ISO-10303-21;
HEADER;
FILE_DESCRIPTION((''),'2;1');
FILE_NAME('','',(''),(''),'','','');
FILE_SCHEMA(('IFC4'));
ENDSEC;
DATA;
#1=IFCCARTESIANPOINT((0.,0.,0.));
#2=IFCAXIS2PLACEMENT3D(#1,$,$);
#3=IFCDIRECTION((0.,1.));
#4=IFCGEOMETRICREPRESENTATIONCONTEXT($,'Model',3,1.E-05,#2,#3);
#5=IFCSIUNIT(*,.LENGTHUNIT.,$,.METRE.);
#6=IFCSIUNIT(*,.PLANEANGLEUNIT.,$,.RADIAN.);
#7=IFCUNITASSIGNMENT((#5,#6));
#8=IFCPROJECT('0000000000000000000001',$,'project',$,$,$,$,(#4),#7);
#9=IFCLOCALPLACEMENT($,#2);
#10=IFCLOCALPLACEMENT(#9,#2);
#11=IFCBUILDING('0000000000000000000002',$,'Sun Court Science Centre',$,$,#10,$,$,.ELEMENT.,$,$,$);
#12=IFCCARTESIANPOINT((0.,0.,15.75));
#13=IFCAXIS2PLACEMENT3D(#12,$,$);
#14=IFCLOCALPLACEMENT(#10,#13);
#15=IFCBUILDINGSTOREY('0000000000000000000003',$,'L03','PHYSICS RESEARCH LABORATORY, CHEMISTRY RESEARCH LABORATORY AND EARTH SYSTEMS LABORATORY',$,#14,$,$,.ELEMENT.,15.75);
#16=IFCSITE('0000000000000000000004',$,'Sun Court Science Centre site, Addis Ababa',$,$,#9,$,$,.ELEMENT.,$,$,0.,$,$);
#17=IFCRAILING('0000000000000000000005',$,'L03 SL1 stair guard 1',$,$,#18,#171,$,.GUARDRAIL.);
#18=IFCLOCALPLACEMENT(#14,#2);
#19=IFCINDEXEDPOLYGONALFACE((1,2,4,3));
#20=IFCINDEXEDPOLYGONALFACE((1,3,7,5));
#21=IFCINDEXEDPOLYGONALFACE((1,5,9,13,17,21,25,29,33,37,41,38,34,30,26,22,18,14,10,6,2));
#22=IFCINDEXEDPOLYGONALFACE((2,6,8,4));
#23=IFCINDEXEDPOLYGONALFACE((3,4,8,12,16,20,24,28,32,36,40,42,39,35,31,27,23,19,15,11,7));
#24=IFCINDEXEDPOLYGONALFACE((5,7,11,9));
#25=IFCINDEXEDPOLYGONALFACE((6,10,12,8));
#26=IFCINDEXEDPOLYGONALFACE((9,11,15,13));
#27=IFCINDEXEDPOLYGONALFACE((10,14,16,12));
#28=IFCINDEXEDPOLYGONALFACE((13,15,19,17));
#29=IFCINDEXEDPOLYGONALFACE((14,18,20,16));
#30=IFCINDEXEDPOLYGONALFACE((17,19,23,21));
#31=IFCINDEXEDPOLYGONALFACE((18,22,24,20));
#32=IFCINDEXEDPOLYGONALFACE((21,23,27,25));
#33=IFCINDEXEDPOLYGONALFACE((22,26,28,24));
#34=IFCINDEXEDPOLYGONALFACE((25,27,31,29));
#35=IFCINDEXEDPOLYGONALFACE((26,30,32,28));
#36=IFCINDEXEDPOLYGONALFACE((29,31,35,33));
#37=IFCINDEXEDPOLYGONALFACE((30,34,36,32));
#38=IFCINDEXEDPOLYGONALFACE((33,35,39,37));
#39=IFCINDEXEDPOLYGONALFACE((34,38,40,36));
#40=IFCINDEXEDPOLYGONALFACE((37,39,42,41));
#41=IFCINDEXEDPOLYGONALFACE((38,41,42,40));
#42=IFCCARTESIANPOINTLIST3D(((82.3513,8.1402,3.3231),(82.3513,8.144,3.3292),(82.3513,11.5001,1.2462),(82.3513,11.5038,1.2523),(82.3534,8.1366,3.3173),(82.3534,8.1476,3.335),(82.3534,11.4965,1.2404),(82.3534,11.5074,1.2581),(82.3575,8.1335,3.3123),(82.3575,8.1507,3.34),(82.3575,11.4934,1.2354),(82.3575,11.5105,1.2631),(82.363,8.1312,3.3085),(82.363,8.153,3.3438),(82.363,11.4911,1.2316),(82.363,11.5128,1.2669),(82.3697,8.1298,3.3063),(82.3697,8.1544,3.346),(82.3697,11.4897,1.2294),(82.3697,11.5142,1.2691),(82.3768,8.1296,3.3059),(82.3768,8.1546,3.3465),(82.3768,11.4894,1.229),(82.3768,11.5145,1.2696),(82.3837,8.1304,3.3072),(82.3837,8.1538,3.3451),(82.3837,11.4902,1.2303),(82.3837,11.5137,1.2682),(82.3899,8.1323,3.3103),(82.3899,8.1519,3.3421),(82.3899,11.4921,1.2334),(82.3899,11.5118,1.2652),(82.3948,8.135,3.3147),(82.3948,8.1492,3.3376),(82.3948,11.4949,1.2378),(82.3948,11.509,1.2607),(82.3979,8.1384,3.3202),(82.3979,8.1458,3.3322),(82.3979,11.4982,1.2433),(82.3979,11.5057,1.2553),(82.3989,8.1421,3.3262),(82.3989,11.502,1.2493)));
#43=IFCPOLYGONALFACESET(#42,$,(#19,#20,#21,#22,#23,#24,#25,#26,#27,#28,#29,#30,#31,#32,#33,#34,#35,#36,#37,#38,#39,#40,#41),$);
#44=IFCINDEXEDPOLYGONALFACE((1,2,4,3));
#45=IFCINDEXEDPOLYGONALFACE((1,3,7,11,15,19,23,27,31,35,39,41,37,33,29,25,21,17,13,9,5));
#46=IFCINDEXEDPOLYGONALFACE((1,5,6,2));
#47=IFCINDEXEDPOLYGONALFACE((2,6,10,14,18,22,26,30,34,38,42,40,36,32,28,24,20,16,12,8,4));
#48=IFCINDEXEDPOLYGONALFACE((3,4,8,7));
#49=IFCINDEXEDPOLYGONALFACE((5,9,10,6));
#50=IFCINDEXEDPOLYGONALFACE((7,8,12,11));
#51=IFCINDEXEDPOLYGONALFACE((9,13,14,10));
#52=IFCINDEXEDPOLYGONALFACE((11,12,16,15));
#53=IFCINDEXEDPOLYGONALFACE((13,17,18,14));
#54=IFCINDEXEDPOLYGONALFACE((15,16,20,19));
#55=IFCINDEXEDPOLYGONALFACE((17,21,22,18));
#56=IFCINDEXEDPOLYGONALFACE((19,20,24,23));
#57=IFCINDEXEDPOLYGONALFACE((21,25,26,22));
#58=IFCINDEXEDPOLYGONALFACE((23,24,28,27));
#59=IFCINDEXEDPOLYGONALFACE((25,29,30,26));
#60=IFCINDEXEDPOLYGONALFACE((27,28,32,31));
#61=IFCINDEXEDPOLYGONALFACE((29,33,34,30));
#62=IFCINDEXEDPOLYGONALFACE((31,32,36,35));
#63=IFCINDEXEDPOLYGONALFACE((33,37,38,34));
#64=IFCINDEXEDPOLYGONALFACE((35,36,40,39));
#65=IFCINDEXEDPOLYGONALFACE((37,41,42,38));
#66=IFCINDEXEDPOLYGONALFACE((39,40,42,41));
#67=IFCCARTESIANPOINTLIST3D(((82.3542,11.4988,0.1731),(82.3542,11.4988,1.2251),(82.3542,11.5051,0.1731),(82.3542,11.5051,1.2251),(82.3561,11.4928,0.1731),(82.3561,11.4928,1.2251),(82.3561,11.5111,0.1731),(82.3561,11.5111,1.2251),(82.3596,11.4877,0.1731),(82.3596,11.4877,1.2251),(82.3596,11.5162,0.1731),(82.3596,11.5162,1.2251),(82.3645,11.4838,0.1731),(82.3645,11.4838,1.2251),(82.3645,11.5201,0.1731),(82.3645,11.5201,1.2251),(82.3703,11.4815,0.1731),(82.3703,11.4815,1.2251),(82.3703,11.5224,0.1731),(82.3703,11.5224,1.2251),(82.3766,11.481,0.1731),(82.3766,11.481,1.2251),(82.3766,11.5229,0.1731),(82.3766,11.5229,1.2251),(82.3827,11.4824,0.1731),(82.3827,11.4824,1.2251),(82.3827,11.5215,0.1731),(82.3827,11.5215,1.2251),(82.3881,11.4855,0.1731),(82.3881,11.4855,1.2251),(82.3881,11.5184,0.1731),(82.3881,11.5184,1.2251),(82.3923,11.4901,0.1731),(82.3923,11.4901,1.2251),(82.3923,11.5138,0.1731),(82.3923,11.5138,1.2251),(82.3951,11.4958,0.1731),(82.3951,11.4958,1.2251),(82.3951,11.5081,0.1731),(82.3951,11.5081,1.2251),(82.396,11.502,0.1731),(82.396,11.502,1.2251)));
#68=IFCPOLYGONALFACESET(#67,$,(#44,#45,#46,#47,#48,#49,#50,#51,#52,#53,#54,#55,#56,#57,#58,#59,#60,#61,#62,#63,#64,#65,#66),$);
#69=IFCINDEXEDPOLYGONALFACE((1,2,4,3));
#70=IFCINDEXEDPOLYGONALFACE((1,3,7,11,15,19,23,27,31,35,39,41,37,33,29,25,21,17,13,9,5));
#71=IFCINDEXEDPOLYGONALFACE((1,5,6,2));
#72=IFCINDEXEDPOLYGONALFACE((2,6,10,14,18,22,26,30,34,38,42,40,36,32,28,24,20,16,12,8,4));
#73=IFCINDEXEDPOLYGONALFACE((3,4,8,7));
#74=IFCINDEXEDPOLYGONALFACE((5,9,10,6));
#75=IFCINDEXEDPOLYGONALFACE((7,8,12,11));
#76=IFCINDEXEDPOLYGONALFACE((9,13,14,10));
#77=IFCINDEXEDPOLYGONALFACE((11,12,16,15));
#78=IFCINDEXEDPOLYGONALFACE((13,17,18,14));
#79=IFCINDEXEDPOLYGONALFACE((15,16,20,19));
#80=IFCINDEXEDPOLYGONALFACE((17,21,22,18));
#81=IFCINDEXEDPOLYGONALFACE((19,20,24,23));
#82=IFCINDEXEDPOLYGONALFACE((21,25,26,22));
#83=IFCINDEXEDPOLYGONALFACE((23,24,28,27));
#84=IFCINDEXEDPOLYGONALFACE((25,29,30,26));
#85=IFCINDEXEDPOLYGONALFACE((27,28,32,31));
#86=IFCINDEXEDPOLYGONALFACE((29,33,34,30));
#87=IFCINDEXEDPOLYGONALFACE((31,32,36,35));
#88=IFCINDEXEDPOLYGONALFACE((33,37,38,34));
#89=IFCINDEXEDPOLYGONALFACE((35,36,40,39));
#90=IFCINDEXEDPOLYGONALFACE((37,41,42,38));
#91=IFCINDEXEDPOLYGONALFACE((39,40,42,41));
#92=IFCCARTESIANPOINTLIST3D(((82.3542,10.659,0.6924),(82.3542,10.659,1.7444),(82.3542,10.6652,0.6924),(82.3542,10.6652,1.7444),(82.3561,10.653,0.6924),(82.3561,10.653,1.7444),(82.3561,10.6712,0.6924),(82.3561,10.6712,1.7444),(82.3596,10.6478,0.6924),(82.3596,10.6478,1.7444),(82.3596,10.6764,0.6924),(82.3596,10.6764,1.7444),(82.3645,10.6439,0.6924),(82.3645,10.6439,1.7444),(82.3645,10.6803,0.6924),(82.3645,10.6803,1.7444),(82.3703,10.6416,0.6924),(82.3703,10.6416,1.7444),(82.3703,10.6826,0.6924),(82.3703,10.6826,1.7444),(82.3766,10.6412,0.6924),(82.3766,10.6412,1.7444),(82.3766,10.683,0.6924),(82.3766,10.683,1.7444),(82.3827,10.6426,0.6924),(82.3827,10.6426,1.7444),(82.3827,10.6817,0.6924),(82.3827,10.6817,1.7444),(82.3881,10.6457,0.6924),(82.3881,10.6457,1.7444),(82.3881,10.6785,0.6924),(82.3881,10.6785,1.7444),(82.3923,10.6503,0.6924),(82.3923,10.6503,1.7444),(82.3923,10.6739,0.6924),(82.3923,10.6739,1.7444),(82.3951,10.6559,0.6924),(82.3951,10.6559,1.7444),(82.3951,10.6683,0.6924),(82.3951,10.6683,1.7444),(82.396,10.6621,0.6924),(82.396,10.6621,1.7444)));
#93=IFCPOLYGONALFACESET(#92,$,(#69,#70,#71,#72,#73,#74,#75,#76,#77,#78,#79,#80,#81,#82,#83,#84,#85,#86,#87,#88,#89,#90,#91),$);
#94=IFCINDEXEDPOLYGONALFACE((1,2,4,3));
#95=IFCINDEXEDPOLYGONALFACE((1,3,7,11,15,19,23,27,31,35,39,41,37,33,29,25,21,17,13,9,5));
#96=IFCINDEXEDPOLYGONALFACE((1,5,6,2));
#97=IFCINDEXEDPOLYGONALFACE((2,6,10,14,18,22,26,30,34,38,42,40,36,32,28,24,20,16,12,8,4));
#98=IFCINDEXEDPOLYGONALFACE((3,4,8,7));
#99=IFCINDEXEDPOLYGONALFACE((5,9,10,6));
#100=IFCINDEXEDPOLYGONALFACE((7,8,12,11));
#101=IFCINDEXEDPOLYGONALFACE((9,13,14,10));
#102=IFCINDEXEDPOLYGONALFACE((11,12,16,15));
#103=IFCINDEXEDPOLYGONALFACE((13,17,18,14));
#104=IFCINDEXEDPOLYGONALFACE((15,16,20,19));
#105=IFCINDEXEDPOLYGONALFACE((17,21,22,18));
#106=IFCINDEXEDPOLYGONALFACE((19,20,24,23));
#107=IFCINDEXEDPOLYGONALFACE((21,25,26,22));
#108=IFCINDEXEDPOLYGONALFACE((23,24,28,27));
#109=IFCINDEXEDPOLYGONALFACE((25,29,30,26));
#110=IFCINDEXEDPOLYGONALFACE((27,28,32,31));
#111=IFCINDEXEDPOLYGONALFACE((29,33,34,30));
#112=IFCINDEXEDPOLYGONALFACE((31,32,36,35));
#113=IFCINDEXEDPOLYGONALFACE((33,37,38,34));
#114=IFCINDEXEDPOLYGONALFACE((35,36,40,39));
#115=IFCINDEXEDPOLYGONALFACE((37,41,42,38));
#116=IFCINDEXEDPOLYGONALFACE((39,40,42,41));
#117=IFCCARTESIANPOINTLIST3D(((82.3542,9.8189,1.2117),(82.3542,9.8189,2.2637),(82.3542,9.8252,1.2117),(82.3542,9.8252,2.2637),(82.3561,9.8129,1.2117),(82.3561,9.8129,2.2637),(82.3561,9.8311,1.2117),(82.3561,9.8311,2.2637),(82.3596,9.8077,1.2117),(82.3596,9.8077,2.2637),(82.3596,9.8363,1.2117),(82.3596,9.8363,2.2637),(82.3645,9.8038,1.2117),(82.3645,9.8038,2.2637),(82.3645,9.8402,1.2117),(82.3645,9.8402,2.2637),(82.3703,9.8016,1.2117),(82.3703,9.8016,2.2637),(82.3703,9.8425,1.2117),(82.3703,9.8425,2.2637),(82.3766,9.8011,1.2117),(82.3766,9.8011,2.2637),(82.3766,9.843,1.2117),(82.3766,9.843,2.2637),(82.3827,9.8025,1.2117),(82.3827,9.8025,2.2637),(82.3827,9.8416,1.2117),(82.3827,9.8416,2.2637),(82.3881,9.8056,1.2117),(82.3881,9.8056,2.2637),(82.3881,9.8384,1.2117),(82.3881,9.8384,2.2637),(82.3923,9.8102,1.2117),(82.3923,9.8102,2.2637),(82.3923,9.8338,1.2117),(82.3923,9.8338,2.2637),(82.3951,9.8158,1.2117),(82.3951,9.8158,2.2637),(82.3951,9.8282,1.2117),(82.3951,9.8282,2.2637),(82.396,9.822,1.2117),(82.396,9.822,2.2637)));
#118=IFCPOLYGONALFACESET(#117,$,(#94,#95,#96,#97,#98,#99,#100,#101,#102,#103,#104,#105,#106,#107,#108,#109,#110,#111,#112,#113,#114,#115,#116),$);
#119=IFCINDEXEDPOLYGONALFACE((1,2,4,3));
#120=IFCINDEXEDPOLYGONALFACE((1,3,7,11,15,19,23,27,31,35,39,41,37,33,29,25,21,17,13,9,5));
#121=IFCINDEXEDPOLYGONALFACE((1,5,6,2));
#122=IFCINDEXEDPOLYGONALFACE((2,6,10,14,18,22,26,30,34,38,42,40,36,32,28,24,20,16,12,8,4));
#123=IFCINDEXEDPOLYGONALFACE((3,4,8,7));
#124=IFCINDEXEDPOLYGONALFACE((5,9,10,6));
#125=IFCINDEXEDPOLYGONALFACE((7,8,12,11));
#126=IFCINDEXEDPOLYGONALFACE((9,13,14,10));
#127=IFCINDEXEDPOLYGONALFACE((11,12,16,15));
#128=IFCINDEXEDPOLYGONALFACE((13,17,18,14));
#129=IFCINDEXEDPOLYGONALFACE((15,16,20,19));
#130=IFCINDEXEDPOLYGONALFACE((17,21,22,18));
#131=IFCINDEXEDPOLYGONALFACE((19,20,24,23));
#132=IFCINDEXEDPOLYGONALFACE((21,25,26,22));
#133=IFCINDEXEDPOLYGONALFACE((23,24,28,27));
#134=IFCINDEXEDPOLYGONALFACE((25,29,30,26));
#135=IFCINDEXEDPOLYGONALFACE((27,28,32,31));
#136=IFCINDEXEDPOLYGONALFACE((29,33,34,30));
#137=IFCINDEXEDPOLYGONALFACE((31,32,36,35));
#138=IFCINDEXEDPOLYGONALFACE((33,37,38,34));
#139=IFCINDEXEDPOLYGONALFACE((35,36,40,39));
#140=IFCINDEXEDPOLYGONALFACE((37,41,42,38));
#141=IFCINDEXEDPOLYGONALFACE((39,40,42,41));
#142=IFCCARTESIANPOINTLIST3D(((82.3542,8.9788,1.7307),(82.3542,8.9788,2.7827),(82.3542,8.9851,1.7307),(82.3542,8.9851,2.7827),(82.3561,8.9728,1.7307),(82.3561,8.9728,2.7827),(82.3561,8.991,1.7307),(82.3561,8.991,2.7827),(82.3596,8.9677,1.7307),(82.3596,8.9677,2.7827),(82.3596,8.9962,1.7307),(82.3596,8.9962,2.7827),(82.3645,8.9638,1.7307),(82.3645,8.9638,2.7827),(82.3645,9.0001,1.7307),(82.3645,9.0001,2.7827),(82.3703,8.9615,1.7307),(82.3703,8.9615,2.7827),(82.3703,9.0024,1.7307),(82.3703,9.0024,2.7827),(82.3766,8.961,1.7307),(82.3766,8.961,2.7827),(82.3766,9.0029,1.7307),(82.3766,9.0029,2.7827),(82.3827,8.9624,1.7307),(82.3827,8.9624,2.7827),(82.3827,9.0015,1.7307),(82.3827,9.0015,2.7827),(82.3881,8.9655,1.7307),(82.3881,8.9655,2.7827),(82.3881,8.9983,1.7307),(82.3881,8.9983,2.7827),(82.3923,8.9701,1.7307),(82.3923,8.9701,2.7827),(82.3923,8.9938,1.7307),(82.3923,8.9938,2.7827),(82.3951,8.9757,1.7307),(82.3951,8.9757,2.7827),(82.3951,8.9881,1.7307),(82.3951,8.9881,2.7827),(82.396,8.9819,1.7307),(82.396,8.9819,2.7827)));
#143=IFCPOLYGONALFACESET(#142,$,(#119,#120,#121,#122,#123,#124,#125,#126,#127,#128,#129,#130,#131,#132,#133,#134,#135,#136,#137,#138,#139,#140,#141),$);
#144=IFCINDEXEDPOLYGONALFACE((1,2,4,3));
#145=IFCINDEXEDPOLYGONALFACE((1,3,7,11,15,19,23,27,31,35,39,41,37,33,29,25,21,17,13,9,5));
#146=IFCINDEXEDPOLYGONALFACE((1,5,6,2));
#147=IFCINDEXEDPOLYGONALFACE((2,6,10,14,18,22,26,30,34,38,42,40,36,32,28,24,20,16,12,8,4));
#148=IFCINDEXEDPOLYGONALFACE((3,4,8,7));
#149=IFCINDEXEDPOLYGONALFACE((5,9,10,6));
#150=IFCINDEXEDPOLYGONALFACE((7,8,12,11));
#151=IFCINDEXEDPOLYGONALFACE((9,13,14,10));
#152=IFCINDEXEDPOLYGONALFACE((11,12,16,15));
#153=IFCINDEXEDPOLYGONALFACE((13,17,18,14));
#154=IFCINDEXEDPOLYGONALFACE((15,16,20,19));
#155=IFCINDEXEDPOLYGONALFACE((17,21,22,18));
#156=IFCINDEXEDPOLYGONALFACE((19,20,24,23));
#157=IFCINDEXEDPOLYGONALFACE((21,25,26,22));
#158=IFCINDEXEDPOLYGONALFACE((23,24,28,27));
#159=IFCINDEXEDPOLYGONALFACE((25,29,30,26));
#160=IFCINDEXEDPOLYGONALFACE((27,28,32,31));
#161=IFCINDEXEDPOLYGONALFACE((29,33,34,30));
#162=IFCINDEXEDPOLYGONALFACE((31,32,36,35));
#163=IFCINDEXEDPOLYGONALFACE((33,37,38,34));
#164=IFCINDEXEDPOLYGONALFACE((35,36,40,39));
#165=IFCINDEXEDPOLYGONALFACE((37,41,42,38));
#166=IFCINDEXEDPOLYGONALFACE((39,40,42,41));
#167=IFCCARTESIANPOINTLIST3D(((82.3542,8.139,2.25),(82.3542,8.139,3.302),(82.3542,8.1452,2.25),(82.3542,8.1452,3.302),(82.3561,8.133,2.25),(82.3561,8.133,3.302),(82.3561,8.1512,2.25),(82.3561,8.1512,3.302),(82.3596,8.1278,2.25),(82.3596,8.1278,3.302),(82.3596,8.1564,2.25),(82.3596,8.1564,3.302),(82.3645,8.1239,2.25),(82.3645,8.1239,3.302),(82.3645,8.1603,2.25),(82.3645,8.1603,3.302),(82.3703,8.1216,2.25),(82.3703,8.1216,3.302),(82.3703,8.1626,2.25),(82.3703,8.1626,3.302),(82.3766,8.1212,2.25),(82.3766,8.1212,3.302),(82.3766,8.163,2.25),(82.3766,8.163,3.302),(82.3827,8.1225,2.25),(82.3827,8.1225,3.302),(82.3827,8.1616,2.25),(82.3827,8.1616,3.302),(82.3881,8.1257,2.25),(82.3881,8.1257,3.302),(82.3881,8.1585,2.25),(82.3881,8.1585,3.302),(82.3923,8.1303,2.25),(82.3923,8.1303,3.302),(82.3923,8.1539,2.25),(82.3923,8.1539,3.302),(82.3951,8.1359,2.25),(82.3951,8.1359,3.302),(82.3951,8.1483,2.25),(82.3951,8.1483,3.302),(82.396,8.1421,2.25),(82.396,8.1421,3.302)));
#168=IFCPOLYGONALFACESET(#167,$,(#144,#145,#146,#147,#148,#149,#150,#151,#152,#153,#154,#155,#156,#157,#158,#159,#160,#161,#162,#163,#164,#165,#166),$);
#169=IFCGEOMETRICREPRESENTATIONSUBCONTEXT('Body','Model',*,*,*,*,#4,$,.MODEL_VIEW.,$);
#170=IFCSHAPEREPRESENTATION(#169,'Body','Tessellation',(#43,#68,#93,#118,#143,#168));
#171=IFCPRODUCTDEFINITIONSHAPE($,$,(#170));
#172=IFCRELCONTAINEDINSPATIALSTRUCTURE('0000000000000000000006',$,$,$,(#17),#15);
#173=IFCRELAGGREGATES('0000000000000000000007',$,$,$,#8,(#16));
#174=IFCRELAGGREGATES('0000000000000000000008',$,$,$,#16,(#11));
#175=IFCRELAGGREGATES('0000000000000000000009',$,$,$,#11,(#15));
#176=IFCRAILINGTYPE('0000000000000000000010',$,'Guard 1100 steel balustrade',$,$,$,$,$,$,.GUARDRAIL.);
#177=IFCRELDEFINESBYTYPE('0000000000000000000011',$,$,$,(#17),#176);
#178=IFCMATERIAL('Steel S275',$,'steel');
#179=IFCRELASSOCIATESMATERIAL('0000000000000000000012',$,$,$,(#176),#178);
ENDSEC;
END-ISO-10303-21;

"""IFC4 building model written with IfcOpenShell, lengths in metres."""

from ifc_helpers import new_model, si_unit, direction, frame, origin, origin_2d, place, context, subcontext, project, spatial, circle, extrude, material, type_object, element, save


model = new_model("IFC4")

# Units and contexts
model_context = context("Model", 3, precision=1e-05, world=origin(), true_north=direction((0.0, 1.0)))
body_context = subcontext(model_context, "Body", "Model", "MODEL_VIEW")
ifc_project = project(units=[si_unit("LENGTHUNIT", "METRE"), si_unit("PLANEANGLEUNIT", "RADIAN")], contexts=[model_context])

# Site, building, storey
site_placement = place(None, origin())
site = spatial("IfcSite", under=ifc_project, at=site_placement, Name="Sun Court Science Centre site, Addis Ababa", CompositionType="ELEMENT", RefElevation=0.0)
building_placement = place(site_placement, origin())
building = spatial("IfcBuilding", under=site, at=building_placement, Name="Sun Court Science Centre", CompositionType="ELEMENT")
storey_placement = place(building_placement, frame((0.0, 0.0, 15.75)))
storey = spatial("IfcBuildingStorey", under=building, at=storey_placement, Name="L03", Description="PHYSICS RESEARCH LABORATORY, CHEMISTRY RESEARCH LABORATORY AND EARTH SYSTEMS LABORATORY", CompositionType="ELEMENT", Elevation=15.75)

# Railing
ifc_material_1 = material(Name="Steel S275", Category="steel")
railing_type_1 = type_object("IfcRailingType", Name="Guard 1100 steel balustrade", PredefinedType="GUARDRAIL", material=ifc_material_1)
railing_1_placement = place(storey_placement, frame((82.375, 11.502, 0.1731)))
element("IfcRailing", 1, at=railing_1_placement, inside=storey, type_object=railing_type_1, Name="L03 SL1 stair guard 1", PredefinedType="GUARDRAIL", context=body_context, shape_type="SweptSolid", body=[
    extrude(circle(Radius=0.0239, at=origin_2d()), frame((0.0, 0.0, 1.0762), z_axis=(0.0, -0.850606, 0.525803), x_axis=(1.0, 0.0, 0.0)), (0.0, 0.0, 1.0), 3.95),
    extrude(circle(Radius=0.021, at=origin_2d()), origin(), (0.0, 0.0, 1.0), 1.052),
    extrude(circle(Radius=0.021, at=origin_2d()), frame((0.0, -0.8398, 0.5193)), (0.0, 0.0, 1.0), 1.052),
    extrude(circle(Radius=0.021, at=origin_2d()), frame((0.0, -1.6799, 1.0386)), (0.0, 0.0, 1.0), 1.052),
    extrude(circle(Radius=0.021, at=origin_2d()), frame((0.0, -2.52, 1.5576)), (0.0, 0.0, 1.0), 1.052),
    extrude(circle(Radius=0.021, at=origin_2d()), frame((0.0, -3.3599, 2.0769)), (0.0, 0.0, 1.0), 1.052),
])

save(model, "model.ifc")
